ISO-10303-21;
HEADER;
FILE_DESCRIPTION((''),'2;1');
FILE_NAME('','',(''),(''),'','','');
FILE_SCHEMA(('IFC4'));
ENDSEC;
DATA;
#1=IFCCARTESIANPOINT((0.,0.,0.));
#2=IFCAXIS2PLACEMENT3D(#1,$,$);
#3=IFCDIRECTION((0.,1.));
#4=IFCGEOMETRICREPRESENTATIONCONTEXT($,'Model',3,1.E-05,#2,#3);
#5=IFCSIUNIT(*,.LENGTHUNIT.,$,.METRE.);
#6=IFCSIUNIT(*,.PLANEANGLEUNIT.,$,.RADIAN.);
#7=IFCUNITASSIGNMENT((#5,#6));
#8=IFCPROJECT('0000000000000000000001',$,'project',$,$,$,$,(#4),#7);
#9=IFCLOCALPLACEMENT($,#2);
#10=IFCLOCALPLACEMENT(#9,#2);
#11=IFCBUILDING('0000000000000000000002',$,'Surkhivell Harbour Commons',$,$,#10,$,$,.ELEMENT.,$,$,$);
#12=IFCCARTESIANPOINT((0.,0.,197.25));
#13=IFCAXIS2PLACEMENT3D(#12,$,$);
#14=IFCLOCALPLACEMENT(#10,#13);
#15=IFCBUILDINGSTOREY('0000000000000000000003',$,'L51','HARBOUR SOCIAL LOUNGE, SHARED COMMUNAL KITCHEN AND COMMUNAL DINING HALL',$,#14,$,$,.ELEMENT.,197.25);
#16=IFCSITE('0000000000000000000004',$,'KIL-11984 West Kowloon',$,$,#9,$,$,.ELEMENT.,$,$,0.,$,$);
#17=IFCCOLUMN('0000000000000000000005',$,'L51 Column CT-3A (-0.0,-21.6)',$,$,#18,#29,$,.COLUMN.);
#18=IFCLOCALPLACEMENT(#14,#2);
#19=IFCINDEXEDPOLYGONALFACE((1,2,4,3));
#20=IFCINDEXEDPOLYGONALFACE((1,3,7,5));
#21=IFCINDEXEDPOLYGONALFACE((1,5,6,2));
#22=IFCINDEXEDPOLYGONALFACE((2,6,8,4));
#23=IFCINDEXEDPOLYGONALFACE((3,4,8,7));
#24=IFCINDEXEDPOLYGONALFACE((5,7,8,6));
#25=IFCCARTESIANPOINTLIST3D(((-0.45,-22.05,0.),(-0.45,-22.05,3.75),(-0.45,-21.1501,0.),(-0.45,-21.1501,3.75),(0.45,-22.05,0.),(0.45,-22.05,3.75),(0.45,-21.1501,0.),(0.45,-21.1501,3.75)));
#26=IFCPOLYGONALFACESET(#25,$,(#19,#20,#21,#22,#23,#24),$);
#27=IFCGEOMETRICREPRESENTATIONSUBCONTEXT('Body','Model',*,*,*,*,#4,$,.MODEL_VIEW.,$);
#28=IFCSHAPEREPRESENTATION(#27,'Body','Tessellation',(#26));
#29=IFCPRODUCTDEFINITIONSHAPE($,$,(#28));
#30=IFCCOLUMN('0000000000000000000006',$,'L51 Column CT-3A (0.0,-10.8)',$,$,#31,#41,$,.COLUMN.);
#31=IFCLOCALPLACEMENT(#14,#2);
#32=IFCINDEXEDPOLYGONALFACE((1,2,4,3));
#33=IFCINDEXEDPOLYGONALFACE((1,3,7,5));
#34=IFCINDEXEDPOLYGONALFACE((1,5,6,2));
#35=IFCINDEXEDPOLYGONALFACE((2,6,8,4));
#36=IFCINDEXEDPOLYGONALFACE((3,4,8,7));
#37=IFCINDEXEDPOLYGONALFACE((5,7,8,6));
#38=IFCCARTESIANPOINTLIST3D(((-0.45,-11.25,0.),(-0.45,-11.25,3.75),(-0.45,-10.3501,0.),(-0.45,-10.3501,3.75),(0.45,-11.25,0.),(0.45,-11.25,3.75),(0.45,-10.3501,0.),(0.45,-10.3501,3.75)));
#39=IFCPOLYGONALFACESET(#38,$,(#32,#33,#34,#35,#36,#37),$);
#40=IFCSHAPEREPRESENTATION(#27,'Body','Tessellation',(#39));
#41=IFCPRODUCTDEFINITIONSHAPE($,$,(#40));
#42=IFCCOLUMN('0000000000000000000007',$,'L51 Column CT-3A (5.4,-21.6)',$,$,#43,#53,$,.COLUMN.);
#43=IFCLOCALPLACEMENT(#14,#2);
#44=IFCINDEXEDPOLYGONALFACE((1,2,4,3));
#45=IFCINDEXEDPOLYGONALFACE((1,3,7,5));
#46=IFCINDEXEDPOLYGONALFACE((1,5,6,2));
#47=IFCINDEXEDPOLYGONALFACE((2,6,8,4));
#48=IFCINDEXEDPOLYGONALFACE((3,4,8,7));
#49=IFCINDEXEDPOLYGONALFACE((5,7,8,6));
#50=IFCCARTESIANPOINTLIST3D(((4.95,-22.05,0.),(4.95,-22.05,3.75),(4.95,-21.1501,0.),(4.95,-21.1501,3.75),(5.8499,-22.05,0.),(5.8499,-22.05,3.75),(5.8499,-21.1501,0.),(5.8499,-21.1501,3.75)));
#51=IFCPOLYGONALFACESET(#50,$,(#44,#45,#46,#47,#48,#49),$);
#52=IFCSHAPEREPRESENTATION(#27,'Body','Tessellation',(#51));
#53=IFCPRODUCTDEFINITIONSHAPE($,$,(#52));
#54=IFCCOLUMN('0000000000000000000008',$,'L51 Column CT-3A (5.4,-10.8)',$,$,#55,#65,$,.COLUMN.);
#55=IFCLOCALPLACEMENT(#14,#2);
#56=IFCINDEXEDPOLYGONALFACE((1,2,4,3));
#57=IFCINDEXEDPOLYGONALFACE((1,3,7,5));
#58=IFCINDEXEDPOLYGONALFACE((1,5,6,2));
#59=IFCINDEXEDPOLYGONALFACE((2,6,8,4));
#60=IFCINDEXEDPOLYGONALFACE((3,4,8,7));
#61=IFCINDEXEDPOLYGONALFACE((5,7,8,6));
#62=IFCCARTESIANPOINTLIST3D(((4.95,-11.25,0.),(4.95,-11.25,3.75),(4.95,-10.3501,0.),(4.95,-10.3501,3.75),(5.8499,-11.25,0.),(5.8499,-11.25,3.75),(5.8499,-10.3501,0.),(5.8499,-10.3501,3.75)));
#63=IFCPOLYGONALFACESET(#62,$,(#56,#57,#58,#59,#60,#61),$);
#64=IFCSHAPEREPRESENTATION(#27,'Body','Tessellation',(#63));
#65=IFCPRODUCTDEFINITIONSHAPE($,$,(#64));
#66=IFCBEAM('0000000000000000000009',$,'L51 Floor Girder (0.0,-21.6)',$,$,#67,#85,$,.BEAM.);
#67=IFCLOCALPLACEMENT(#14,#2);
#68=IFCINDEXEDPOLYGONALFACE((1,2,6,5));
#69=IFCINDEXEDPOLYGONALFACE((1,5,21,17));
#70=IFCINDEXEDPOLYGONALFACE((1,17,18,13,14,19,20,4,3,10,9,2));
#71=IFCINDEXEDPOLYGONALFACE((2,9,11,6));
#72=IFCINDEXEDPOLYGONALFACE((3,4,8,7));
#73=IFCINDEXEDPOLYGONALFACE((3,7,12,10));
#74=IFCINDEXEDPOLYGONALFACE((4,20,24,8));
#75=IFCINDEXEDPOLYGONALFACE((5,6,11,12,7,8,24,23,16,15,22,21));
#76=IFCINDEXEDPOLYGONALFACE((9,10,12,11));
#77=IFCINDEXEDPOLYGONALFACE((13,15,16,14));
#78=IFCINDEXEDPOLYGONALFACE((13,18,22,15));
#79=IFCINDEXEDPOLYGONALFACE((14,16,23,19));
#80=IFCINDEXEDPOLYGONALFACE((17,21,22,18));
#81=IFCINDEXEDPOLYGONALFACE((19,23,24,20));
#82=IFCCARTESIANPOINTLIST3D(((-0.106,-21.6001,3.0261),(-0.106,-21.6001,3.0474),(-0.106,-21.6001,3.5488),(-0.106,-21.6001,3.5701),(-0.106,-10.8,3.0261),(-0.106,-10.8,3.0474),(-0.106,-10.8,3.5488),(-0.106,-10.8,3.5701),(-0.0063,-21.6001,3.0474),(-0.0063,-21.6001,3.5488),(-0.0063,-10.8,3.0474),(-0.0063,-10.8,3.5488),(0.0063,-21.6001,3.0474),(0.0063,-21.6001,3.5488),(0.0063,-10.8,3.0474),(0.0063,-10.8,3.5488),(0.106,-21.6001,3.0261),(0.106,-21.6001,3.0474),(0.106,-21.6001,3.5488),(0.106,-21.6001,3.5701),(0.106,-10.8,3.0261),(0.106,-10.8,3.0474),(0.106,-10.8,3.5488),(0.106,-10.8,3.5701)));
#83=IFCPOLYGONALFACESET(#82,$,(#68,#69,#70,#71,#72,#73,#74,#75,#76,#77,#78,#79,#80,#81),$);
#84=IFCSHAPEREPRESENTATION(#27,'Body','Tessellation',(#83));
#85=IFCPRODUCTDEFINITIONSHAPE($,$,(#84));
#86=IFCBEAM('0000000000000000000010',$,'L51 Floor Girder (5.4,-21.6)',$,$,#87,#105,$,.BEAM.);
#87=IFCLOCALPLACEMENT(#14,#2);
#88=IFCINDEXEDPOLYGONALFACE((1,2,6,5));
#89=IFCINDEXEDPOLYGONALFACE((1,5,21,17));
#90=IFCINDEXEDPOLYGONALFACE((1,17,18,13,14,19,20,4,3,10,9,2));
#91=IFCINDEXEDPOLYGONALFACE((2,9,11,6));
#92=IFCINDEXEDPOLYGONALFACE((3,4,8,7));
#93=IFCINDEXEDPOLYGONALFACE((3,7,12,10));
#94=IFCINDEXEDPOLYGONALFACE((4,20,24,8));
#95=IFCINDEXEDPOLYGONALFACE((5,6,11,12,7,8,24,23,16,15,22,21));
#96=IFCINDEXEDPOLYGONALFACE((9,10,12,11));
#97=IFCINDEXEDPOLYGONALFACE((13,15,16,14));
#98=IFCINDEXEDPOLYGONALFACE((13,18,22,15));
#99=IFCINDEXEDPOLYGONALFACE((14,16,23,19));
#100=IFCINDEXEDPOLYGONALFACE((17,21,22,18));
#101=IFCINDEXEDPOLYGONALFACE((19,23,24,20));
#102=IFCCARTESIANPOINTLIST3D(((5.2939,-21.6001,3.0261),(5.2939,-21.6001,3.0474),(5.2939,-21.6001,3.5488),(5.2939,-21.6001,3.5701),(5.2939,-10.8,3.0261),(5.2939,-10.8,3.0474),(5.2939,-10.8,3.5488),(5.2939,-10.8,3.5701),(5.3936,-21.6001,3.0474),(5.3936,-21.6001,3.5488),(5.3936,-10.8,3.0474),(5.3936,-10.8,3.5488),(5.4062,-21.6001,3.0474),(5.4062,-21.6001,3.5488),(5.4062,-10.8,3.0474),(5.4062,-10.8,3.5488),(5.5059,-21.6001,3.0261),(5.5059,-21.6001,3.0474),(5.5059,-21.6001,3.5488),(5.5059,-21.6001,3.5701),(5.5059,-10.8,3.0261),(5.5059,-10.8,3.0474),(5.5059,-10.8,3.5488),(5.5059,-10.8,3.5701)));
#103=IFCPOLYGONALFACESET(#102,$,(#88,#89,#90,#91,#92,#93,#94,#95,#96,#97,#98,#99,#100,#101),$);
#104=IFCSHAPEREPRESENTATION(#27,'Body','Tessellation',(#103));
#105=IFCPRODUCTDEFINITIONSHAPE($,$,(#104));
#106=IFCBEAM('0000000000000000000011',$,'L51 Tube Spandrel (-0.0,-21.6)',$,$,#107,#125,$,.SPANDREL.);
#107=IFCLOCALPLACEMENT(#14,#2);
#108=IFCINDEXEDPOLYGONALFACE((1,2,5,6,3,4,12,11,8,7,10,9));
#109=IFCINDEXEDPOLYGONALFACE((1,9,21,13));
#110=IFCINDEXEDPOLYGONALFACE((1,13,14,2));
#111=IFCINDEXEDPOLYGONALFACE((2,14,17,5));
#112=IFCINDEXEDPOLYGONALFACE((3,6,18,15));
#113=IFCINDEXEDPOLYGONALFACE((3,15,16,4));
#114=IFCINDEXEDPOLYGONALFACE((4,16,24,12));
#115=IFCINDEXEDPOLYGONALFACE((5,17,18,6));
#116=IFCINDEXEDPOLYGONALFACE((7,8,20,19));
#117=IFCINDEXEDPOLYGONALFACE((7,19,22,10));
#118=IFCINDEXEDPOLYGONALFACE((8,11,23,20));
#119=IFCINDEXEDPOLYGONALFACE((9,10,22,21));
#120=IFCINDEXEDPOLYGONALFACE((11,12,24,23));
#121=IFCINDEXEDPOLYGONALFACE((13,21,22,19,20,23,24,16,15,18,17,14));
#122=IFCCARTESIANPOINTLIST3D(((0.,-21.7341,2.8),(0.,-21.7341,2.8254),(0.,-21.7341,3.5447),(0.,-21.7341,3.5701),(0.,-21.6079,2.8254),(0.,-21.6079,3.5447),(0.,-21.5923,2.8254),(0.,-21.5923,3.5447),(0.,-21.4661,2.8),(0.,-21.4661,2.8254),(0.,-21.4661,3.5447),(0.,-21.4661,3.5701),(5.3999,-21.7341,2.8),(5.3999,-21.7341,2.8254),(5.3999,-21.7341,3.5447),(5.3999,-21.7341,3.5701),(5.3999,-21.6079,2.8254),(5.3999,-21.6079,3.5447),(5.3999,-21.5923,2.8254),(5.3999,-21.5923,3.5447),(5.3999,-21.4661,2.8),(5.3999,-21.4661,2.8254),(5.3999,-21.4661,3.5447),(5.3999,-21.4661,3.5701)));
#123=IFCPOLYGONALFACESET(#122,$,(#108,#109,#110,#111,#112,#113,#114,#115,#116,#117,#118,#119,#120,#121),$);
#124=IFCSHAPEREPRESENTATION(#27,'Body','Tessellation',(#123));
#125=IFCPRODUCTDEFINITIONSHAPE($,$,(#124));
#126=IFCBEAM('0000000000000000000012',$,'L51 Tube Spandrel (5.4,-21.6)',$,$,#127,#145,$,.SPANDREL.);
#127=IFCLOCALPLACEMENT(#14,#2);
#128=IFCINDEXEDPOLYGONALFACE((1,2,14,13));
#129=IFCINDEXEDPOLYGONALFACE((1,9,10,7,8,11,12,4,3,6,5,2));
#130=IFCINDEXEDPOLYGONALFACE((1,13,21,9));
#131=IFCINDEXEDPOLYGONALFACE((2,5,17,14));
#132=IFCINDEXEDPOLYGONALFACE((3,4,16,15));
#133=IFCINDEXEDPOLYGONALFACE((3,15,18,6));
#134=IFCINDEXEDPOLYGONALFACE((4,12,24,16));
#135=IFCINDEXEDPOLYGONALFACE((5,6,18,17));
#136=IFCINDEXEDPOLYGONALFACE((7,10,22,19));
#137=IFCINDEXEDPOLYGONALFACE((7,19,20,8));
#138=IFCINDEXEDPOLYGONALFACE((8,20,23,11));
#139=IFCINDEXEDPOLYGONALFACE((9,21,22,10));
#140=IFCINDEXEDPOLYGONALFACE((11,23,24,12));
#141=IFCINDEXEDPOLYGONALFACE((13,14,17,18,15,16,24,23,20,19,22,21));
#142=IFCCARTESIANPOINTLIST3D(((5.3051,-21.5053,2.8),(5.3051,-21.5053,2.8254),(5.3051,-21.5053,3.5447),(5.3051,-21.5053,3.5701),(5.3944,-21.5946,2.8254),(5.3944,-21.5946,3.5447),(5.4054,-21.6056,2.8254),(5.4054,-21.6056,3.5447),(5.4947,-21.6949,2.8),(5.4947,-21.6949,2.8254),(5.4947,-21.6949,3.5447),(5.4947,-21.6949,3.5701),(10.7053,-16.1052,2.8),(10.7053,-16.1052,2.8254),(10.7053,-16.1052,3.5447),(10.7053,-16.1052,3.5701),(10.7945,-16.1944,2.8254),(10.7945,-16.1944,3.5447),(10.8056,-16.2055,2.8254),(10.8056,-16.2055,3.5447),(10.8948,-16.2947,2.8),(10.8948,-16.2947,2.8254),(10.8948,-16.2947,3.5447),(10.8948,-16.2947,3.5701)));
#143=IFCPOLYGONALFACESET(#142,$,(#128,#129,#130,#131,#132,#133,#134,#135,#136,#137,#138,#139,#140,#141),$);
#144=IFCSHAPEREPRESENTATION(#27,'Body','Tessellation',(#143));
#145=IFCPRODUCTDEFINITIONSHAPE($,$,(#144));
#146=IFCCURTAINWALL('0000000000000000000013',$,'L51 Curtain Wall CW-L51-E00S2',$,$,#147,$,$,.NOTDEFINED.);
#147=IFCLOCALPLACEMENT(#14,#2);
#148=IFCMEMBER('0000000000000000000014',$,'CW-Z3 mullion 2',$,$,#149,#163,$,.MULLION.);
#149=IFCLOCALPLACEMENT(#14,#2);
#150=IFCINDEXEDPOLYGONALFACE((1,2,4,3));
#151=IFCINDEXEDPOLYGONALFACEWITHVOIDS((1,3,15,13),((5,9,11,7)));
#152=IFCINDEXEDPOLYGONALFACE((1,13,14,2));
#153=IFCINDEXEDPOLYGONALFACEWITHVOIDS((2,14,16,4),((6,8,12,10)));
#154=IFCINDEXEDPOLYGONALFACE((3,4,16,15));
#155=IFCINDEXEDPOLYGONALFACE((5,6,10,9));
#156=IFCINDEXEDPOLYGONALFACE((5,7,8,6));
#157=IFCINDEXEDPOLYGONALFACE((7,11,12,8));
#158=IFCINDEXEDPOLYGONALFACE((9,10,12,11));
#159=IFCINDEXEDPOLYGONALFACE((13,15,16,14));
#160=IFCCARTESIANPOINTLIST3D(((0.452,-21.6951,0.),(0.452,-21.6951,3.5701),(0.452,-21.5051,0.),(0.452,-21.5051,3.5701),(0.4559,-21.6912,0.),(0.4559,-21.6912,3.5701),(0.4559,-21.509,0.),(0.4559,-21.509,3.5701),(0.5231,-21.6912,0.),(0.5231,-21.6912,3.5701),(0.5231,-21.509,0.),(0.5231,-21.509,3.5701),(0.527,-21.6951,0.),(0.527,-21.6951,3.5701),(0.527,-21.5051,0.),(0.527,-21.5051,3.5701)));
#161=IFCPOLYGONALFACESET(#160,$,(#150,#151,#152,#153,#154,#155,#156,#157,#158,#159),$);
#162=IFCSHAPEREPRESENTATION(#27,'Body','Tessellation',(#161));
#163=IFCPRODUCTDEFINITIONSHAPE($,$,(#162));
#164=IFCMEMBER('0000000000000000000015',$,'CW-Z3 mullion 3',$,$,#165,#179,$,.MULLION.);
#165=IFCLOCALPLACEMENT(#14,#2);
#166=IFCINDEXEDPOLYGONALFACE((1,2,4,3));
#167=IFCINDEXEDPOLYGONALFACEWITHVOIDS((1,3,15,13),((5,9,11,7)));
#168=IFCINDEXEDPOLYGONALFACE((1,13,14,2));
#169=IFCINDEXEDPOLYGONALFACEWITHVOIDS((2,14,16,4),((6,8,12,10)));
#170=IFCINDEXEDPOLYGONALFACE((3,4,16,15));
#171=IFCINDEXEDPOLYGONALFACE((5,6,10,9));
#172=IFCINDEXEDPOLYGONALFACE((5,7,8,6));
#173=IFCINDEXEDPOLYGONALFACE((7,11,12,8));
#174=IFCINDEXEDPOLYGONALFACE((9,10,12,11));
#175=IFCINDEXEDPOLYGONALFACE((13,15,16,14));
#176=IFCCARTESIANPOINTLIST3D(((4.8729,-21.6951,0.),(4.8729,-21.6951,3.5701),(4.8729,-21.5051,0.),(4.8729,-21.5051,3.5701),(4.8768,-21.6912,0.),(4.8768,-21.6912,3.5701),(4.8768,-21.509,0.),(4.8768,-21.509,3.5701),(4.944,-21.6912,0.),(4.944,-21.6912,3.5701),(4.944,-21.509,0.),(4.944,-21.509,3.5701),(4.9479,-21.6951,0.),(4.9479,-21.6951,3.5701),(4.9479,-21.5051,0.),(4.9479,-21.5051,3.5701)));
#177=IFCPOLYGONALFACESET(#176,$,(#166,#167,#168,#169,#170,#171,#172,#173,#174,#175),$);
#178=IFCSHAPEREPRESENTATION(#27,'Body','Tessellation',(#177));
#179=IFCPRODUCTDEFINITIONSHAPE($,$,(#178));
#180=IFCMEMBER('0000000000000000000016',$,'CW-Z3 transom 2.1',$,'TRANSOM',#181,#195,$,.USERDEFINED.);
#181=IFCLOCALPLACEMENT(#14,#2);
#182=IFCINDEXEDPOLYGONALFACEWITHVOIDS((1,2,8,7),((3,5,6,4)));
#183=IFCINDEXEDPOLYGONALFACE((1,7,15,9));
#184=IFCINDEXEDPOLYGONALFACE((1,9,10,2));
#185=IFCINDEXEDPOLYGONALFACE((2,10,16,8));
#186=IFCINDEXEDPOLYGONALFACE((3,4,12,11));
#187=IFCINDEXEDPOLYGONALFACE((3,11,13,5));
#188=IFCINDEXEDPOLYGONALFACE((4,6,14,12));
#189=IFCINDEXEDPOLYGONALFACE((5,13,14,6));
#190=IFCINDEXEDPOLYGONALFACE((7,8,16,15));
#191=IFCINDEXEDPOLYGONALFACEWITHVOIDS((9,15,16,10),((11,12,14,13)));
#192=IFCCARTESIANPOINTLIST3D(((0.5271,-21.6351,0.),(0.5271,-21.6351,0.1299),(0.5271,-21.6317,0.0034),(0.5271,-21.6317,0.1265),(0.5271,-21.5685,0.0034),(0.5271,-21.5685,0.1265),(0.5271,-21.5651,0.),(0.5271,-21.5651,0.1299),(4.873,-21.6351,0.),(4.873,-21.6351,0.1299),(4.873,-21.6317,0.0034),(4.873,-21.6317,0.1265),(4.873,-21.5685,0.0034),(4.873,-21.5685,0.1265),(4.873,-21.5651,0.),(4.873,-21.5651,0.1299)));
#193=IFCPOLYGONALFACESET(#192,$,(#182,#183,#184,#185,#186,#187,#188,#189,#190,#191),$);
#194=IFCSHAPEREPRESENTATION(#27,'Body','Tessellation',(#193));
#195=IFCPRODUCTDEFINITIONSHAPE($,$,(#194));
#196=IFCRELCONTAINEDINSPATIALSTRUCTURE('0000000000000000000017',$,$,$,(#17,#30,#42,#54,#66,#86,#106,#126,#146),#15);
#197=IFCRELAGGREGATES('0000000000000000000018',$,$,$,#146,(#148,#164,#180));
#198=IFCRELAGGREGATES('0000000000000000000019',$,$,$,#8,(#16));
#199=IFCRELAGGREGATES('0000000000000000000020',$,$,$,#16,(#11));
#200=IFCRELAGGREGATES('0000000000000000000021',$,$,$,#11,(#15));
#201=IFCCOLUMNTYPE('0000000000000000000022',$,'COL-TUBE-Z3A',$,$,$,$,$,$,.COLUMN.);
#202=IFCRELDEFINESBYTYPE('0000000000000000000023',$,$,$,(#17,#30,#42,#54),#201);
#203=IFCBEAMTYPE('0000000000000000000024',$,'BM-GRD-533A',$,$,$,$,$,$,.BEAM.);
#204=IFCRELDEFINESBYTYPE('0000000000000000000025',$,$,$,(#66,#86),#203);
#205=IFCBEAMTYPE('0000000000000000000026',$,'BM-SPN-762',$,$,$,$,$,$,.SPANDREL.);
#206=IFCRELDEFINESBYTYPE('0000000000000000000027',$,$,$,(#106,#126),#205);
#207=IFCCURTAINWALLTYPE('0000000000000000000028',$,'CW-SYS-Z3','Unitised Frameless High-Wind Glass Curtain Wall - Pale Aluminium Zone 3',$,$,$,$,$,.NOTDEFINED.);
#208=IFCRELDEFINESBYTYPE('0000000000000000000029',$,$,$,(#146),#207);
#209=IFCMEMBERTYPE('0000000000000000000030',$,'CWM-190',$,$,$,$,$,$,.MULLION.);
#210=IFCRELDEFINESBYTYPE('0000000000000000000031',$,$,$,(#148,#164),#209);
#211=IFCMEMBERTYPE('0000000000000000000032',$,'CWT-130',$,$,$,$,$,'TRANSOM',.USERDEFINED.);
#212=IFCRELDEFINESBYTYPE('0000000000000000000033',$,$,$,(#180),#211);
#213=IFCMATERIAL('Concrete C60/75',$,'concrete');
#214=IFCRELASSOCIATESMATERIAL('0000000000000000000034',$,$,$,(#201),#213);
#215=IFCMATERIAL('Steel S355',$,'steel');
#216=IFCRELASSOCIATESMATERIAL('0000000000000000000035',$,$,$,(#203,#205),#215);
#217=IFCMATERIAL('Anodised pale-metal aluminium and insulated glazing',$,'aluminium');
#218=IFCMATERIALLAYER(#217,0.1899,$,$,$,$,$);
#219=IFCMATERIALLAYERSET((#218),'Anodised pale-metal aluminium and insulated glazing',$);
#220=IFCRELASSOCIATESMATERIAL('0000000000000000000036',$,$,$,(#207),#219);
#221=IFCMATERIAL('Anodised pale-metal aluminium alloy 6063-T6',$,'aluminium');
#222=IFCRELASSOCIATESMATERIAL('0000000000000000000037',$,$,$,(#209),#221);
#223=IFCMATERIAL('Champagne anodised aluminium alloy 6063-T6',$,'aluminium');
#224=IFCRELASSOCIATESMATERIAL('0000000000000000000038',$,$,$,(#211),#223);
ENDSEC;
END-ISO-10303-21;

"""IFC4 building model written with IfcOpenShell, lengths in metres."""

from ifc_helpers import new_model, si_unit, direction, frame, origin, origin_2d, place, context, subcontext, project, spatial, rectangle, hollow_rectangle, i_section, extrude, material, layer, layer_set, material_profile, profile_set, type_object, element, aggregate, save


model = new_model("IFC4")

# Units and contexts
model_context = context("Model", 3, precision=1e-05, world=origin(), true_north=direction((0.0, 1.0)))
body_context = subcontext(model_context, "Body", "Model", "MODEL_VIEW")
ifc_project = project(units=[si_unit("LENGTHUNIT", "METRE"), si_unit("PLANEANGLEUNIT", "RADIAN")], contexts=[model_context])

# Site, building, storey
site_placement = place(None, origin())
site = spatial("IfcSite", under=ifc_project, at=site_placement, Name="KIL-11984 West Kowloon", CompositionType="ELEMENT", RefElevation=0.0)
building_placement = place(site_placement, origin())
building = spatial("IfcBuilding", under=site, at=building_placement, Name="Surkhivell Harbour Commons", CompositionType="ELEMENT")
storey_placement = place(building_placement, frame((0.0, 0.0, 197.25)))
storey = spatial("IfcBuildingStorey", under=building, at=storey_placement, Name="L51", Description="HARBOUR SOCIAL LOUNGE, SHARED COMMUNAL KITCHEN AND COMMUNAL DINING HALL", CompositionType="ELEMENT", Elevation=197.25)

# Columns
ifc_material_1 = material(Name="Concrete C60/75", Category="concrete")
ifc_material_profile_1 = material_profile(ifc_material_1, rectangle(XDim=0.8999, YDim=0.8999, at=origin_2d()), Name="RC-COL-900x900")
ifc_profile_set_1 = profile_set([ifc_material_profile_1], Name="Concrete C60/75")
column_type = type_object("IfcColumnType", Name="COL-TUBE-Z3A", PredefinedType="COLUMN", material=ifc_profile_set_1)
for number, where, z_axis, x_axis, name in (
    (1, (0.0, -21.6001, 0.0), (0.0, 0.0, 1.0), (1.0, 0.0, 0.0), "L51 Column CT-3A (-0.0,-21.6)"),
    (2, (0.0, -10.8, 0.0), (0.0, 0.0, 1.0), (1.0, 0.0, 0.0), "L51 Column CT-3A (0.0,-10.8)"),
    (3, (5.3999, -21.6001, 0.0), (0.0, 0.0, 1.0), (1.0, 0.0, 0.0), "L51 Column CT-3A (5.4,-21.6)"),
    (4, (5.3999, -10.8, 0.0), (0.0, 0.0, 1.0), (1.0, 0.0, 0.0), "L51 Column CT-3A (5.4,-10.8)"),
):
    element("IfcColumn", number, at=place(storey_placement, frame(where, z_axis=z_axis, x_axis=x_axis)), inside=storey, type_object=column_type, Name=name, PredefinedType="COLUMN", context=body_context, shape_type="SweptSolid", body=[
        extrude(rectangle(XDim=0.8999, YDim=0.8999, at=origin_2d()), origin(), (0.0, 0.0, 1.0), 3.75),
    ])

# Beams
ifc_material_2 = material(Name="Steel S355", Category="steel")
ifc_material_profile_2 = material_profile(ifc_material_2, i_section(OverallWidth=0.2119, OverallDepth=0.5439, WebThickness=0.0127, FlangeThickness=0.0212, at=origin_2d()), Name="UB533x210x122")
ifc_profile_set_2 = profile_set([ifc_material_profile_2], Name="Steel S355")
beam_type_1 = type_object("IfcBeamType", Name="BM-GRD-533A", PredefinedType="BEAM", material=ifc_profile_set_2)
for number, where, z_axis, x_axis, name in (
    (5, (0.0, -21.6001, 3.2981), (0.0, 1.0, 0.0), (-1.0, 0.0, 0.0), "L51 Floor Girder (0.0,-21.6)"),
    (6, (5.3999, -21.6001, 3.2981), (0.0, 1.0, 0.0), (-1.0, 0.0, 0.0), "L51 Floor Girder (5.4,-21.6)"),
):
    element("IfcBeam", number, at=place(storey_placement, frame(where, z_axis=z_axis, x_axis=x_axis)), inside=storey, type_object=beam_type_1, Name=name, PredefinedType="BEAM", context=body_context, shape_type="SweptSolid", body=[
        extrude(i_section(OverallWidth=0.2119, OverallDepth=0.5439, WebThickness=0.0127, FlangeThickness=0.0212, at=origin_2d()), origin(), (0.0, 0.0, 1.0), 10.8),
    ])
ifc_material_profile_3 = material_profile(ifc_material_2, i_section(OverallWidth=0.2681, OverallDepth=0.77, WebThickness=0.0156, FlangeThickness=0.0254, at=origin_2d()), Name="UB762x267x197")
ifc_profile_set_3 = profile_set([ifc_material_profile_3], Name="Steel S355")
beam_type_2 = type_object("IfcBeamType", Name="BM-SPN-762", PredefinedType="SPANDREL", material=ifc_profile_set_3)
beam_1_placement = place(storey_placement, frame((0.0, -21.6001, 3.1851), z_axis=(1.0, 0.0, 0.0), x_axis=(0.0, 1.0, 0.0)))
element("IfcBeam", 7, at=beam_1_placement, inside=storey, type_object=beam_type_2, Name="L51 Tube Spandrel (-0.0,-21.6)", PredefinedType="SPANDREL", context=body_context, shape_type="SweptSolid", body=[
    extrude(i_section(OverallWidth=0.2681, OverallDepth=0.77, WebThickness=0.0156, FlangeThickness=0.0254, at=origin_2d()), origin(), (0.0, 0.0, 1.0), 5.3999),
])
beam_2_placement = place(storey_placement, frame((5.3999, -21.6001, 3.1851), z_axis=(0.707107, 0.707107, 0.0), x_axis=(-0.707107, 0.707107, 0.0)))
element("IfcBeam", 8, at=beam_2_placement, inside=storey, type_object=beam_type_2, Name="L51 Tube Spandrel (5.4,-21.6)", PredefinedType="SPANDREL", context=body_context, shape_type="SweptSolid", body=[
    extrude(i_section(OverallWidth=0.2681, OverallDepth=0.77, WebThickness=0.0156, FlangeThickness=0.0254, at=origin_2d()), origin(), (0.0, 0.0, 1.0), 7.637),
])

# Curtain wall, members
ifc_material_3 = material(Name="Anodised pale-metal aluminium and insulated glazing", Category="aluminium")
ifc_layer_1 = layer(ifc_material_3, 0.1899)
ifc_layer_set_1 = layer_set([ifc_layer_1], Name="Anodised pale-metal aluminium and insulated glazing")
curtain_wall_type = type_object("IfcCurtainWallType", Name="CW-SYS-Z3", Description="Unitised Frameless High-Wind Glass Curtain Wall - Pale Aluminium Zone 3", PredefinedType="NOTDEFINED", material=ifc_layer_set_1)
curtain_wall_placement = place(storey_placement, origin())
curtain_wall = element("IfcCurtainWall", 9, at=curtain_wall_placement, inside=storey, type_object=curtain_wall_type, Name="L51 Curtain Wall CW-L51-E00S2", PredefinedType="NOTDEFINED")
ifc_material_4 = material(Name="Anodised pale-metal aluminium alloy 6063-T6", Category="aluminium")
ifc_material_profile_4 = material_profile(ifc_material_4, hollow_rectangle(XDim=0.075, YDim=0.1899, WallThickness=0.0039, at=origin_2d()), Name="ALU-MULL-75x190")
ifc_profile_set_4 = profile_set([ifc_material_profile_4], Name="Anodised pale-metal aluminium alloy 6063-T6")
member_type_1 = type_object("IfcMemberType", Name="CWM-190", PredefinedType="MULLION", material=ifc_profile_set_4)
member_1_placement = place(storey_placement, frame((0.4895, -21.6001, 0.0), z_axis=(0.0, 0.0, 1.0), x_axis=(1.0, 0.0, 0.0)))
member_1 = element("IfcMember", 10, at=member_1_placement, type_object=member_type_1, Name="CW-Z3 mullion 2", PredefinedType="MULLION", context=body_context, shape_type="SweptSolid", body=[
    extrude(hollow_rectangle(XDim=0.075, YDim=0.1899, WallThickness=0.0039, at=origin_2d()), origin(), (0.0, 0.0, 1.0), 3.5701),
])
member_2_placement = place(storey_placement, frame((4.9104, -21.6001, 0.0), z_axis=(0.0, 0.0, 1.0), x_axis=(1.0, 0.0, 0.0)))
member_2 = element("IfcMember", 11, at=member_2_placement, type_object=member_type_1, Name="CW-Z3 mullion 3", PredefinedType="MULLION", context=body_context, shape_type="SweptSolid", body=[
    extrude(hollow_rectangle(XDim=0.075, YDim=0.1899, WallThickness=0.0039, at=origin_2d()), origin(), (0.0, 0.0, 1.0), 3.5701),
])
ifc_material_5 = material(Name="Champagne anodised aluminium alloy 6063-T6", Category="aluminium")
ifc_material_profile_5 = material_profile(ifc_material_5, hollow_rectangle(XDim=0.0701, YDim=0.1299, WallThickness=0.0034, at=origin_2d()), Name="ALU-TRAN-70x130")
ifc_profile_set_5 = profile_set([ifc_material_profile_5], Name="Champagne anodised aluminium alloy 6063-T6")
member_type_2 = type_object("IfcMemberType", Name="CWT-130", ElementType="TRANSOM", PredefinedType="USERDEFINED", material=ifc_profile_set_5)
member_3_placement = place(storey_placement, frame((0.5271, -21.6001, 0.0649), z_axis=(1.0, 0.0, 0.0), x_axis=(0.0, 1.0, 0.0)))
member_3 = element("IfcMember", 12, at=member_3_placement, type_object=member_type_2, Name="CW-Z3 transom 2.1", ObjectType="TRANSOM", PredefinedType="USERDEFINED", context=body_context, shape_type="SweptSolid", body=[
    extrude(hollow_rectangle(XDim=0.0701, YDim=0.1299, WallThickness=0.0034, at=origin_2d()), origin(), (0.0, 0.0, 1.0), 4.3459),
])
aggregate(curtain_wall, [member_1, member_2, member_3])

save(model, "model.ifc")
